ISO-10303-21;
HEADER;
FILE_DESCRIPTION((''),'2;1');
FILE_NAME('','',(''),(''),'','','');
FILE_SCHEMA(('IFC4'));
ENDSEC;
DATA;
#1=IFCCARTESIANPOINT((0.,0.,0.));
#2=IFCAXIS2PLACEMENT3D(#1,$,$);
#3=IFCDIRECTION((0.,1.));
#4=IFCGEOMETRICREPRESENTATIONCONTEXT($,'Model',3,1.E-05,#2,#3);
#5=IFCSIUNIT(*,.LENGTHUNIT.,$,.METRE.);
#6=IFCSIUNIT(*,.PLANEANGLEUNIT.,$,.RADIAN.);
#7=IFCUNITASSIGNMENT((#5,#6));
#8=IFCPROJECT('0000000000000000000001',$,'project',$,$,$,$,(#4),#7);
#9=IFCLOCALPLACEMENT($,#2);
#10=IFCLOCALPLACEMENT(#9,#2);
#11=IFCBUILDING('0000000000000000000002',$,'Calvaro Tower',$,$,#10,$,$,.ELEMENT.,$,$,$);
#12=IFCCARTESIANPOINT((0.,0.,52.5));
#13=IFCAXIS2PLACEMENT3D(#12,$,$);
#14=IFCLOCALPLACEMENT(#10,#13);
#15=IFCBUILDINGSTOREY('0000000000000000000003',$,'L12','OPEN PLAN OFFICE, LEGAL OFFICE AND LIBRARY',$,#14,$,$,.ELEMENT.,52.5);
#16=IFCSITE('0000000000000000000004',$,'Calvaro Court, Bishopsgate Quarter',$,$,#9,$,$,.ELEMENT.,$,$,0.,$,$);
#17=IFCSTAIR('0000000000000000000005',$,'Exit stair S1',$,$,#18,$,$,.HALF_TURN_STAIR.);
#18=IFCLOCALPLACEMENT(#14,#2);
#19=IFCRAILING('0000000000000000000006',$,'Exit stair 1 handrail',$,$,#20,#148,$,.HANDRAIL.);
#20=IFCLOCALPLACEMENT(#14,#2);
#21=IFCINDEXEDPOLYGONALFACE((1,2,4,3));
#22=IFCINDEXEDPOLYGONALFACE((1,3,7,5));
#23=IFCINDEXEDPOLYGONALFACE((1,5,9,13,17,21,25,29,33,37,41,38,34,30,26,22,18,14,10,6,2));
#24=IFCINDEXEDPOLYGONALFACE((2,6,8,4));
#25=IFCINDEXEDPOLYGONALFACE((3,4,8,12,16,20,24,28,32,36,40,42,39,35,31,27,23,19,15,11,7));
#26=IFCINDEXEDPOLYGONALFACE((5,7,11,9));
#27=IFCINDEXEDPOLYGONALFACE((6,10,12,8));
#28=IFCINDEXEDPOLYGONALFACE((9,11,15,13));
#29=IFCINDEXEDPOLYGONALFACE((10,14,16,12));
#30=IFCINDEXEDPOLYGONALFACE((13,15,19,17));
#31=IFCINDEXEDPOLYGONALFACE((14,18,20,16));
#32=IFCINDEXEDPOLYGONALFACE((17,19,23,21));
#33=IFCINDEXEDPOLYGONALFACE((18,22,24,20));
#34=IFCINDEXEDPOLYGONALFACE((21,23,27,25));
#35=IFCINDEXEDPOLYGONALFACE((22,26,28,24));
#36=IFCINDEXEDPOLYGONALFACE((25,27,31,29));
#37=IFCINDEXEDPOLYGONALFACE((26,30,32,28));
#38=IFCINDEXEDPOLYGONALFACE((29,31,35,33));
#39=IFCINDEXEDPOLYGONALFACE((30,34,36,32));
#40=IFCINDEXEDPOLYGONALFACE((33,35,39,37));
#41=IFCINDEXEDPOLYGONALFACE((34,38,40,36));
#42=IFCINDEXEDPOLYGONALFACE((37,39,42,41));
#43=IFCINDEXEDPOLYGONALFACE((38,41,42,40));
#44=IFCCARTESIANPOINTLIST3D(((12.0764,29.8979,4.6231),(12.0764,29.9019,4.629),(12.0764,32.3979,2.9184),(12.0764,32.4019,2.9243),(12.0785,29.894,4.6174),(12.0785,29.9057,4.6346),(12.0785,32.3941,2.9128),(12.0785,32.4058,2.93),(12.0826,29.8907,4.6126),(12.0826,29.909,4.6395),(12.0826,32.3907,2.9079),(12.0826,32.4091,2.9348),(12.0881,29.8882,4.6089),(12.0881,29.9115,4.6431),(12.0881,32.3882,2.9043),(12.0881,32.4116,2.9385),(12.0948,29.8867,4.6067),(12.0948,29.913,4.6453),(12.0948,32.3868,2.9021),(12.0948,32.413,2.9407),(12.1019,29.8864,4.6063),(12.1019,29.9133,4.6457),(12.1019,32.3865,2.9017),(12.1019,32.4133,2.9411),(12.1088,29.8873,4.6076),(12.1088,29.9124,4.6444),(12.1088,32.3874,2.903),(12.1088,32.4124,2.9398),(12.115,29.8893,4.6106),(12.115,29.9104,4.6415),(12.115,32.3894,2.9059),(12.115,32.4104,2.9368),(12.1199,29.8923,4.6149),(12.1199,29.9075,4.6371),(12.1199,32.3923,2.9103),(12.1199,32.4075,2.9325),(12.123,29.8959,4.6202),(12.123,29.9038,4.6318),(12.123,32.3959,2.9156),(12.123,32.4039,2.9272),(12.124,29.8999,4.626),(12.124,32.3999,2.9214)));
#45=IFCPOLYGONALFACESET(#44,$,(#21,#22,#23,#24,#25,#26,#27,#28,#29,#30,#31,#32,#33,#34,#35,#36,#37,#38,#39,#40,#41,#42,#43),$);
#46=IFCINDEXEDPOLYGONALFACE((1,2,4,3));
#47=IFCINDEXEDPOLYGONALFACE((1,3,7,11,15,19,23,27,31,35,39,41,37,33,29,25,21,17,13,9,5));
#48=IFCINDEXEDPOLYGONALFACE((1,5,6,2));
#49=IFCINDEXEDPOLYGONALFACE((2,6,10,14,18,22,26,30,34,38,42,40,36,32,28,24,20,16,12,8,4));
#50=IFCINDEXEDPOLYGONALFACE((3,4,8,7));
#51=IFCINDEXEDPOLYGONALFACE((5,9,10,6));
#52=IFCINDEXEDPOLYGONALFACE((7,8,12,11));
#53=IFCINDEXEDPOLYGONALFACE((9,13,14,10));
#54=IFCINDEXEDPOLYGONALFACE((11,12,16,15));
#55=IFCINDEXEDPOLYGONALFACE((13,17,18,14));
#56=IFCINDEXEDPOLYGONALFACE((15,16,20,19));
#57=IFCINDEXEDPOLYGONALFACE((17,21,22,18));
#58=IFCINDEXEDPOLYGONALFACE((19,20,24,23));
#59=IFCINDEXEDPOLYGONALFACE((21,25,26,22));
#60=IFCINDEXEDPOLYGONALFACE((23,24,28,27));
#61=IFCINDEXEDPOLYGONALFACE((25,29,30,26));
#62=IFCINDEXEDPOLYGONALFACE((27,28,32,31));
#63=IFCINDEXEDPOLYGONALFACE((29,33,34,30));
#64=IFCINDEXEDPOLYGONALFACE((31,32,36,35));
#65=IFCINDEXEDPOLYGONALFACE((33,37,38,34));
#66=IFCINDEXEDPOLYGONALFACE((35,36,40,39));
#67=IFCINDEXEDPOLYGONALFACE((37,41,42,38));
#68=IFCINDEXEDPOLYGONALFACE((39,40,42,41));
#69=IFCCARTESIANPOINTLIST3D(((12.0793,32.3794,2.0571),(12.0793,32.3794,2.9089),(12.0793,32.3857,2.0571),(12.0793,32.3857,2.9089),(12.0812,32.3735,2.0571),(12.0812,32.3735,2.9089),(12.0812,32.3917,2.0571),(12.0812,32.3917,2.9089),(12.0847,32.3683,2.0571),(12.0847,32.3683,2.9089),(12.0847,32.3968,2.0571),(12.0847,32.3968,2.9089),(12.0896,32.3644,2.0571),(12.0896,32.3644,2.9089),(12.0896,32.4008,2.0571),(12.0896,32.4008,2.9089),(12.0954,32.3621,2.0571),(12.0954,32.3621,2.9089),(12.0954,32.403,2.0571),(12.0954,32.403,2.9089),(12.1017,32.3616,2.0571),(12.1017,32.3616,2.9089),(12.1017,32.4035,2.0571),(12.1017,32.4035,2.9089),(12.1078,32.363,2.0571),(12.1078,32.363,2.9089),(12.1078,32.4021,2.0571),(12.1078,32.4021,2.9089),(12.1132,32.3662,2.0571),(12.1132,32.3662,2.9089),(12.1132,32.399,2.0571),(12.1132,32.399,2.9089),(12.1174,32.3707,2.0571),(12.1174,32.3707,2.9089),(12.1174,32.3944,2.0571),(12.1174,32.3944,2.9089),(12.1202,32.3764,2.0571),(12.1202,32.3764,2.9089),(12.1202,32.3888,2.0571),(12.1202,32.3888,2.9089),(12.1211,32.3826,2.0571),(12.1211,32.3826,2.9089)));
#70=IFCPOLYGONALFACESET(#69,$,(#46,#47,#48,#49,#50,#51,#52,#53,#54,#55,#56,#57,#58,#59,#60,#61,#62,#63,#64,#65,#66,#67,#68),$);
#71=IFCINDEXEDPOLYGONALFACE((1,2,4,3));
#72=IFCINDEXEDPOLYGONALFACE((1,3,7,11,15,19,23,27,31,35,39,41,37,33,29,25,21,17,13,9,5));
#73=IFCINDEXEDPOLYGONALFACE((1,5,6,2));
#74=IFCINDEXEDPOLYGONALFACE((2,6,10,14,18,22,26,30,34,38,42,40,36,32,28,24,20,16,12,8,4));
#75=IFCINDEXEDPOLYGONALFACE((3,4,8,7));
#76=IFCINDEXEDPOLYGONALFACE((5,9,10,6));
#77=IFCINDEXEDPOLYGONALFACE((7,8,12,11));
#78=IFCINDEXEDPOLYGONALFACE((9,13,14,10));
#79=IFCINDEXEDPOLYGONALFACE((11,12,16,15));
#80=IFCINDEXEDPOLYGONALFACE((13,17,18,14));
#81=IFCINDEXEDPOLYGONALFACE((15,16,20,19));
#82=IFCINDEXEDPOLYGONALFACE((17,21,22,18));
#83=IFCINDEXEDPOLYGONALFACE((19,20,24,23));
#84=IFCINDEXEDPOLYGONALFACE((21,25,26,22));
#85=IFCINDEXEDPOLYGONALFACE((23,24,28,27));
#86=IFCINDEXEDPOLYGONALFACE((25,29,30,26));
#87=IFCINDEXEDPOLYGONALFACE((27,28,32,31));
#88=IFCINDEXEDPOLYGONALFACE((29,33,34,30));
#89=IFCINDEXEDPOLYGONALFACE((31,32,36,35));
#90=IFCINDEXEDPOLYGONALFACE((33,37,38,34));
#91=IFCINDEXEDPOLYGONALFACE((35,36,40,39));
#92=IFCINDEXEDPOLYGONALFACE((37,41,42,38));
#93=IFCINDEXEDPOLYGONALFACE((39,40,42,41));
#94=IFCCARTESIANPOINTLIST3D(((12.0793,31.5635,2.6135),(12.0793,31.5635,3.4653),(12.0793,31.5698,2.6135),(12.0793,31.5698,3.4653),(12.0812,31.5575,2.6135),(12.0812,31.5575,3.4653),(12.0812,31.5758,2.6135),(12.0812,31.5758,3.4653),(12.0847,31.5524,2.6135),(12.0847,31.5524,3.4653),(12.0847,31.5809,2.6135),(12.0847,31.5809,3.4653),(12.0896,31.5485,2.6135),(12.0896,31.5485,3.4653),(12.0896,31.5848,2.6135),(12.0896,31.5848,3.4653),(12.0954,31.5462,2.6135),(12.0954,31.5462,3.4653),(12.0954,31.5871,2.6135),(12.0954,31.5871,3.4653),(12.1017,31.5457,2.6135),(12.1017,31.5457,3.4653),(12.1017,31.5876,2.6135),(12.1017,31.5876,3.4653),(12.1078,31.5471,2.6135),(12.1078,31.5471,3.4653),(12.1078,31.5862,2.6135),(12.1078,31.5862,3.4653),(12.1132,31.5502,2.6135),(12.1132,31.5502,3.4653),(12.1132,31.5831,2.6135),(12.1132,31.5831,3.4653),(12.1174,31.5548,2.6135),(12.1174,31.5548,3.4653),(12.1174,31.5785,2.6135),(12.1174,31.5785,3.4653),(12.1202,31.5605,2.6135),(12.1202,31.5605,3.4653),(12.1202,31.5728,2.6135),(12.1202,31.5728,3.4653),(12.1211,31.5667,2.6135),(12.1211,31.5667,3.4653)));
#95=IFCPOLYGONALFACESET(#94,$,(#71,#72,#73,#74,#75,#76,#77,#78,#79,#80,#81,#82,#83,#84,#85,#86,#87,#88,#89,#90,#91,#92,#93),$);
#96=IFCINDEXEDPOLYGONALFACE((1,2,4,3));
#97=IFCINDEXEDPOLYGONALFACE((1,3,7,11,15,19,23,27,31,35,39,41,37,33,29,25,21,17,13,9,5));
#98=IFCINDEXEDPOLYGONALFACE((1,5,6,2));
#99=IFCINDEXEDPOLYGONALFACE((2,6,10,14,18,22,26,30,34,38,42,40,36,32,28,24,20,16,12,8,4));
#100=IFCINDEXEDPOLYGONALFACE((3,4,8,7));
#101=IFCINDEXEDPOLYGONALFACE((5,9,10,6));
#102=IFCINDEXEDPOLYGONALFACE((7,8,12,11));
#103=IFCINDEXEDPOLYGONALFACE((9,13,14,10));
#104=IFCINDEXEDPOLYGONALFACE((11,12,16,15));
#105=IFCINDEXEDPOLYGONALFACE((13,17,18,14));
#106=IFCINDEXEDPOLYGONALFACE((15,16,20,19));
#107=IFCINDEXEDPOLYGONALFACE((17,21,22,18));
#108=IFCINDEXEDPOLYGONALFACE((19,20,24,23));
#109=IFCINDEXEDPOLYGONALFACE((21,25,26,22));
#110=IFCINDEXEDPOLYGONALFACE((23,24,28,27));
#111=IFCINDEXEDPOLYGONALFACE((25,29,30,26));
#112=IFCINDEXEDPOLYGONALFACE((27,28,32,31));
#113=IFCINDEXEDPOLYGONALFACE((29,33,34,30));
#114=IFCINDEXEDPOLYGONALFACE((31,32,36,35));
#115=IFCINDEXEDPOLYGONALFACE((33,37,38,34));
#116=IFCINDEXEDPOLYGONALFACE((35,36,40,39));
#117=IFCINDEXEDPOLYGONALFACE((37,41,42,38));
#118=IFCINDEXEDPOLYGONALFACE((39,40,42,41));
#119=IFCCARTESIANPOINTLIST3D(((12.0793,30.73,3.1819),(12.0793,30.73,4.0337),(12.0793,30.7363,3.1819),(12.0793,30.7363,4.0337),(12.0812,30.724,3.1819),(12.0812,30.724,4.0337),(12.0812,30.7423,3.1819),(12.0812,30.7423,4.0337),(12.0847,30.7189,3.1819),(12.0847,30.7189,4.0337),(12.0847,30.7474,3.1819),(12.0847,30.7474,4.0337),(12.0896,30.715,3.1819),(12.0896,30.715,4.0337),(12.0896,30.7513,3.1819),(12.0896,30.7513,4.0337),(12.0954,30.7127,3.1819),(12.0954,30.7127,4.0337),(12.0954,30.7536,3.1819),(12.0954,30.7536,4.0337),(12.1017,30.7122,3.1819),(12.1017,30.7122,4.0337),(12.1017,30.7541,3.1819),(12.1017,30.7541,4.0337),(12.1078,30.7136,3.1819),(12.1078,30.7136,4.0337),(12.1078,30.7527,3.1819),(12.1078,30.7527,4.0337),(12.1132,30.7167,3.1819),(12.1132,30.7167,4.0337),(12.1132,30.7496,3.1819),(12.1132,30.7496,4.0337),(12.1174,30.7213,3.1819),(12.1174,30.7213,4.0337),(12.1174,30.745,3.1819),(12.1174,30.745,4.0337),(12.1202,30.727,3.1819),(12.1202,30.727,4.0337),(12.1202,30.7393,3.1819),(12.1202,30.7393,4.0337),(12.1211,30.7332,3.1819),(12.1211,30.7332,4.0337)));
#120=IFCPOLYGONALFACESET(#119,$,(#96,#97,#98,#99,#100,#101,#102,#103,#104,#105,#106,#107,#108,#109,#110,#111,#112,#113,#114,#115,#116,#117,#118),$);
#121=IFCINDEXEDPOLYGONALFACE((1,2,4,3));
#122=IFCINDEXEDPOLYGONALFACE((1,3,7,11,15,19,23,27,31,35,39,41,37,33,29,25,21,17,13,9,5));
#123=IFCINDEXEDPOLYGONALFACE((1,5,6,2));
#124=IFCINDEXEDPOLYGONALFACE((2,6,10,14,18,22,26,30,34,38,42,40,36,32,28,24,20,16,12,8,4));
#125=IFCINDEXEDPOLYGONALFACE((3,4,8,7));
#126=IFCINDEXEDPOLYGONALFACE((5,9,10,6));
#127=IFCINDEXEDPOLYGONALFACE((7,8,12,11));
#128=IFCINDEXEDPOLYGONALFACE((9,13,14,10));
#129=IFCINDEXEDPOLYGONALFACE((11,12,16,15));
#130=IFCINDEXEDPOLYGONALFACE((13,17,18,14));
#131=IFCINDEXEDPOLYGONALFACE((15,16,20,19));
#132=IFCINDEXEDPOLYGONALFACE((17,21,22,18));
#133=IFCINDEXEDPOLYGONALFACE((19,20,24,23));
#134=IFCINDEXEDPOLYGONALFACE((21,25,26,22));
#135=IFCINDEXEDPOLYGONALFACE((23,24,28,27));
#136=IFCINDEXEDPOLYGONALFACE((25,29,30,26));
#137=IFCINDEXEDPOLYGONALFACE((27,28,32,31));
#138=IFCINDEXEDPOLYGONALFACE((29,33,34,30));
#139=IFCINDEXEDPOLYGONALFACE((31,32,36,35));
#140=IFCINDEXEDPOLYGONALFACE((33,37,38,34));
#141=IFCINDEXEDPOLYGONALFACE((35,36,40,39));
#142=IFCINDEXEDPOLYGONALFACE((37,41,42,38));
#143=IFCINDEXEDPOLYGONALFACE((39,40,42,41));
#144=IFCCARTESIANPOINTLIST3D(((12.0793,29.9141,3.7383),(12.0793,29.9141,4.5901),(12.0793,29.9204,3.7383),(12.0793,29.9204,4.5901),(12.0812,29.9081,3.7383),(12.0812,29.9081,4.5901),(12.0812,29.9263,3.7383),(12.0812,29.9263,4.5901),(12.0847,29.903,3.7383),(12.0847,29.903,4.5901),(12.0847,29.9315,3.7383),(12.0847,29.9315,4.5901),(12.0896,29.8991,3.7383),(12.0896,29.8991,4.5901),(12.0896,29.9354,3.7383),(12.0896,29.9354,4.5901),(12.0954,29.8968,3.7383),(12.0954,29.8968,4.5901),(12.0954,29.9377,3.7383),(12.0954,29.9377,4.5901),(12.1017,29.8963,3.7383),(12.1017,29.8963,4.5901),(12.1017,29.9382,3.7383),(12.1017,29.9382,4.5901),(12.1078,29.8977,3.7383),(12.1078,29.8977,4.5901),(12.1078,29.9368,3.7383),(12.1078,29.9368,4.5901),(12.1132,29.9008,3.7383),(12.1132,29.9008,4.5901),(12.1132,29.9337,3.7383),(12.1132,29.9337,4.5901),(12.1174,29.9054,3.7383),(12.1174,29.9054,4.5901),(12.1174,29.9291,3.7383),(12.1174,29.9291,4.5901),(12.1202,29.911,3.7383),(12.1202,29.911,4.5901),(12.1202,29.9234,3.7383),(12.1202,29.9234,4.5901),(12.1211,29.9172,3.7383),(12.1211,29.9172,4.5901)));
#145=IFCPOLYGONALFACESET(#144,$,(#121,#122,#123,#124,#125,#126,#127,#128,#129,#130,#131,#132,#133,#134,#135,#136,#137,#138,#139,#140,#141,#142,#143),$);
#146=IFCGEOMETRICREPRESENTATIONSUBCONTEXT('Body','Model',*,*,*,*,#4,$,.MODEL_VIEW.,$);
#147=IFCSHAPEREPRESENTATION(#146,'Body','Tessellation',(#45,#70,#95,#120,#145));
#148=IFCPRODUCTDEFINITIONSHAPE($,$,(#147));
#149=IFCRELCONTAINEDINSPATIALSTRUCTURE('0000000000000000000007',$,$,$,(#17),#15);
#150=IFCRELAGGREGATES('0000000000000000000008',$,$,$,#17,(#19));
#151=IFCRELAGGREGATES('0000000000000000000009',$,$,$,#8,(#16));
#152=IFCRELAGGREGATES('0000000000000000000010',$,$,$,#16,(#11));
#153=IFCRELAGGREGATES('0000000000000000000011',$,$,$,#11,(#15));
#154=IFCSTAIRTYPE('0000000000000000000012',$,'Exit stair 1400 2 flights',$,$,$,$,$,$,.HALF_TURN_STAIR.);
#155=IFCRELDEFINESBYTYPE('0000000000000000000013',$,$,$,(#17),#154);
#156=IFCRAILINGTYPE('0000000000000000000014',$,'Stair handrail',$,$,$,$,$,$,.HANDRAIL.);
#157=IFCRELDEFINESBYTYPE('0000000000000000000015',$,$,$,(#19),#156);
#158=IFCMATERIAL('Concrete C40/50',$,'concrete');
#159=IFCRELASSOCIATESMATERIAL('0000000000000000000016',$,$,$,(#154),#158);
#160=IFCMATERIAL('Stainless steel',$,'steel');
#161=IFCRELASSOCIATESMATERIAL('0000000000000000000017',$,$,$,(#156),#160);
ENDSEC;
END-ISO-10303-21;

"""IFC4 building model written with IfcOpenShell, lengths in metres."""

from ifc_helpers import new_model, si_unit, direction, frame, origin, origin_2d, place, context, subcontext, project, spatial, circle, extrude, material, type_object, element, aggregate, save


model = new_model("IFC4")

# Units and contexts
model_context = context("Model", 3, precision=1e-05, world=origin(), true_north=direction((0.0, 1.0)))
body_context = subcontext(model_context, "Body", "Model", "MODEL_VIEW")
ifc_project = project(units=[si_unit("LENGTHUNIT", "METRE"), si_unit("PLANEANGLEUNIT", "RADIAN")], contexts=[model_context])

# Site, building, storey
site_placement = place(None, origin())
site = spatial("IfcSite", under=ifc_project, at=site_placement, Name="Calvaro Court, Bishopsgate Quarter", CompositionType="ELEMENT", RefElevation=0.0)
building_placement = place(site_placement, origin())
building = spatial("IfcBuilding", under=site, at=building_placement, Name="Calvaro Tower", CompositionType="ELEMENT")
storey_placement = place(building_placement, frame((0.0, 0.0, 52.5)))
storey = spatial("IfcBuildingStorey", under=building, at=storey_placement, Name="L12", Description="OPEN PLAN OFFICE, LEGAL OFFICE AND LIBRARY", CompositionType="ELEMENT", Elevation=52.5)

# Stair, railing
ifc_material_1 = material(Name="Concrete C40/50", Category="concrete")
stair_type = type_object("IfcStairType", Name="Exit stair 1400 2 flights", PredefinedType="HALF_TURN_STAIR", material=ifc_material_1)
stair_placement = place(storey_placement, origin())
stair = element("IfcStair", 1, at=stair_placement, inside=storey, type_object=stair_type, Name="Exit stair S1", PredefinedType="HALF_TURN_STAIR")
ifc_material_2 = material(Name="Stainless steel", Category="steel")
railing_type = type_object("IfcRailingType", Name="Stair handrail", PredefinedType="HANDRAIL", material=ifc_material_2)
railing_1_placement = place(storey_placement, frame((12.1001, 32.3999, 2.0454)))
railing_1 = element("IfcRailing", 2, at=railing_1_placement, type_object=railing_type, Name="Exit stair 1 handrail", PredefinedType="HANDRAIL", context=body_context, shape_type="SweptSolid", body=[
    extrude(circle(Radius=0.0239, at=origin_2d()), frame((0.0, 0.0, 0.876), z_axis=(0.0, -0.826221, 0.563347), x_axis=(1.0, 0.0, 0.0)), (0.0, 0.0, 1.0), 3.0259),
    extrude(circle(Radius=0.021, at=origin_2d()), frame((0.0, -0.0173, 0.0117)), (0.0, 0.0, 1.0), 0.8518),
    extrude(circle(Radius=0.021, at=origin_2d()), frame((0.0, -0.8333, 0.5681)), (0.0, 0.0, 1.0), 0.8518),
    extrude(circle(Radius=0.021, at=origin_2d()), frame((0.0, -1.6667, 1.1365)), (0.0, 0.0, 1.0), 0.8518),
    extrude(circle(Radius=0.021, at=origin_2d()), frame((0.0, -2.4827, 1.6929)), (0.0, 0.0, 1.0), 0.8518),
])
aggregate(stair, [railing_1])

save(model, "model.ifc")
